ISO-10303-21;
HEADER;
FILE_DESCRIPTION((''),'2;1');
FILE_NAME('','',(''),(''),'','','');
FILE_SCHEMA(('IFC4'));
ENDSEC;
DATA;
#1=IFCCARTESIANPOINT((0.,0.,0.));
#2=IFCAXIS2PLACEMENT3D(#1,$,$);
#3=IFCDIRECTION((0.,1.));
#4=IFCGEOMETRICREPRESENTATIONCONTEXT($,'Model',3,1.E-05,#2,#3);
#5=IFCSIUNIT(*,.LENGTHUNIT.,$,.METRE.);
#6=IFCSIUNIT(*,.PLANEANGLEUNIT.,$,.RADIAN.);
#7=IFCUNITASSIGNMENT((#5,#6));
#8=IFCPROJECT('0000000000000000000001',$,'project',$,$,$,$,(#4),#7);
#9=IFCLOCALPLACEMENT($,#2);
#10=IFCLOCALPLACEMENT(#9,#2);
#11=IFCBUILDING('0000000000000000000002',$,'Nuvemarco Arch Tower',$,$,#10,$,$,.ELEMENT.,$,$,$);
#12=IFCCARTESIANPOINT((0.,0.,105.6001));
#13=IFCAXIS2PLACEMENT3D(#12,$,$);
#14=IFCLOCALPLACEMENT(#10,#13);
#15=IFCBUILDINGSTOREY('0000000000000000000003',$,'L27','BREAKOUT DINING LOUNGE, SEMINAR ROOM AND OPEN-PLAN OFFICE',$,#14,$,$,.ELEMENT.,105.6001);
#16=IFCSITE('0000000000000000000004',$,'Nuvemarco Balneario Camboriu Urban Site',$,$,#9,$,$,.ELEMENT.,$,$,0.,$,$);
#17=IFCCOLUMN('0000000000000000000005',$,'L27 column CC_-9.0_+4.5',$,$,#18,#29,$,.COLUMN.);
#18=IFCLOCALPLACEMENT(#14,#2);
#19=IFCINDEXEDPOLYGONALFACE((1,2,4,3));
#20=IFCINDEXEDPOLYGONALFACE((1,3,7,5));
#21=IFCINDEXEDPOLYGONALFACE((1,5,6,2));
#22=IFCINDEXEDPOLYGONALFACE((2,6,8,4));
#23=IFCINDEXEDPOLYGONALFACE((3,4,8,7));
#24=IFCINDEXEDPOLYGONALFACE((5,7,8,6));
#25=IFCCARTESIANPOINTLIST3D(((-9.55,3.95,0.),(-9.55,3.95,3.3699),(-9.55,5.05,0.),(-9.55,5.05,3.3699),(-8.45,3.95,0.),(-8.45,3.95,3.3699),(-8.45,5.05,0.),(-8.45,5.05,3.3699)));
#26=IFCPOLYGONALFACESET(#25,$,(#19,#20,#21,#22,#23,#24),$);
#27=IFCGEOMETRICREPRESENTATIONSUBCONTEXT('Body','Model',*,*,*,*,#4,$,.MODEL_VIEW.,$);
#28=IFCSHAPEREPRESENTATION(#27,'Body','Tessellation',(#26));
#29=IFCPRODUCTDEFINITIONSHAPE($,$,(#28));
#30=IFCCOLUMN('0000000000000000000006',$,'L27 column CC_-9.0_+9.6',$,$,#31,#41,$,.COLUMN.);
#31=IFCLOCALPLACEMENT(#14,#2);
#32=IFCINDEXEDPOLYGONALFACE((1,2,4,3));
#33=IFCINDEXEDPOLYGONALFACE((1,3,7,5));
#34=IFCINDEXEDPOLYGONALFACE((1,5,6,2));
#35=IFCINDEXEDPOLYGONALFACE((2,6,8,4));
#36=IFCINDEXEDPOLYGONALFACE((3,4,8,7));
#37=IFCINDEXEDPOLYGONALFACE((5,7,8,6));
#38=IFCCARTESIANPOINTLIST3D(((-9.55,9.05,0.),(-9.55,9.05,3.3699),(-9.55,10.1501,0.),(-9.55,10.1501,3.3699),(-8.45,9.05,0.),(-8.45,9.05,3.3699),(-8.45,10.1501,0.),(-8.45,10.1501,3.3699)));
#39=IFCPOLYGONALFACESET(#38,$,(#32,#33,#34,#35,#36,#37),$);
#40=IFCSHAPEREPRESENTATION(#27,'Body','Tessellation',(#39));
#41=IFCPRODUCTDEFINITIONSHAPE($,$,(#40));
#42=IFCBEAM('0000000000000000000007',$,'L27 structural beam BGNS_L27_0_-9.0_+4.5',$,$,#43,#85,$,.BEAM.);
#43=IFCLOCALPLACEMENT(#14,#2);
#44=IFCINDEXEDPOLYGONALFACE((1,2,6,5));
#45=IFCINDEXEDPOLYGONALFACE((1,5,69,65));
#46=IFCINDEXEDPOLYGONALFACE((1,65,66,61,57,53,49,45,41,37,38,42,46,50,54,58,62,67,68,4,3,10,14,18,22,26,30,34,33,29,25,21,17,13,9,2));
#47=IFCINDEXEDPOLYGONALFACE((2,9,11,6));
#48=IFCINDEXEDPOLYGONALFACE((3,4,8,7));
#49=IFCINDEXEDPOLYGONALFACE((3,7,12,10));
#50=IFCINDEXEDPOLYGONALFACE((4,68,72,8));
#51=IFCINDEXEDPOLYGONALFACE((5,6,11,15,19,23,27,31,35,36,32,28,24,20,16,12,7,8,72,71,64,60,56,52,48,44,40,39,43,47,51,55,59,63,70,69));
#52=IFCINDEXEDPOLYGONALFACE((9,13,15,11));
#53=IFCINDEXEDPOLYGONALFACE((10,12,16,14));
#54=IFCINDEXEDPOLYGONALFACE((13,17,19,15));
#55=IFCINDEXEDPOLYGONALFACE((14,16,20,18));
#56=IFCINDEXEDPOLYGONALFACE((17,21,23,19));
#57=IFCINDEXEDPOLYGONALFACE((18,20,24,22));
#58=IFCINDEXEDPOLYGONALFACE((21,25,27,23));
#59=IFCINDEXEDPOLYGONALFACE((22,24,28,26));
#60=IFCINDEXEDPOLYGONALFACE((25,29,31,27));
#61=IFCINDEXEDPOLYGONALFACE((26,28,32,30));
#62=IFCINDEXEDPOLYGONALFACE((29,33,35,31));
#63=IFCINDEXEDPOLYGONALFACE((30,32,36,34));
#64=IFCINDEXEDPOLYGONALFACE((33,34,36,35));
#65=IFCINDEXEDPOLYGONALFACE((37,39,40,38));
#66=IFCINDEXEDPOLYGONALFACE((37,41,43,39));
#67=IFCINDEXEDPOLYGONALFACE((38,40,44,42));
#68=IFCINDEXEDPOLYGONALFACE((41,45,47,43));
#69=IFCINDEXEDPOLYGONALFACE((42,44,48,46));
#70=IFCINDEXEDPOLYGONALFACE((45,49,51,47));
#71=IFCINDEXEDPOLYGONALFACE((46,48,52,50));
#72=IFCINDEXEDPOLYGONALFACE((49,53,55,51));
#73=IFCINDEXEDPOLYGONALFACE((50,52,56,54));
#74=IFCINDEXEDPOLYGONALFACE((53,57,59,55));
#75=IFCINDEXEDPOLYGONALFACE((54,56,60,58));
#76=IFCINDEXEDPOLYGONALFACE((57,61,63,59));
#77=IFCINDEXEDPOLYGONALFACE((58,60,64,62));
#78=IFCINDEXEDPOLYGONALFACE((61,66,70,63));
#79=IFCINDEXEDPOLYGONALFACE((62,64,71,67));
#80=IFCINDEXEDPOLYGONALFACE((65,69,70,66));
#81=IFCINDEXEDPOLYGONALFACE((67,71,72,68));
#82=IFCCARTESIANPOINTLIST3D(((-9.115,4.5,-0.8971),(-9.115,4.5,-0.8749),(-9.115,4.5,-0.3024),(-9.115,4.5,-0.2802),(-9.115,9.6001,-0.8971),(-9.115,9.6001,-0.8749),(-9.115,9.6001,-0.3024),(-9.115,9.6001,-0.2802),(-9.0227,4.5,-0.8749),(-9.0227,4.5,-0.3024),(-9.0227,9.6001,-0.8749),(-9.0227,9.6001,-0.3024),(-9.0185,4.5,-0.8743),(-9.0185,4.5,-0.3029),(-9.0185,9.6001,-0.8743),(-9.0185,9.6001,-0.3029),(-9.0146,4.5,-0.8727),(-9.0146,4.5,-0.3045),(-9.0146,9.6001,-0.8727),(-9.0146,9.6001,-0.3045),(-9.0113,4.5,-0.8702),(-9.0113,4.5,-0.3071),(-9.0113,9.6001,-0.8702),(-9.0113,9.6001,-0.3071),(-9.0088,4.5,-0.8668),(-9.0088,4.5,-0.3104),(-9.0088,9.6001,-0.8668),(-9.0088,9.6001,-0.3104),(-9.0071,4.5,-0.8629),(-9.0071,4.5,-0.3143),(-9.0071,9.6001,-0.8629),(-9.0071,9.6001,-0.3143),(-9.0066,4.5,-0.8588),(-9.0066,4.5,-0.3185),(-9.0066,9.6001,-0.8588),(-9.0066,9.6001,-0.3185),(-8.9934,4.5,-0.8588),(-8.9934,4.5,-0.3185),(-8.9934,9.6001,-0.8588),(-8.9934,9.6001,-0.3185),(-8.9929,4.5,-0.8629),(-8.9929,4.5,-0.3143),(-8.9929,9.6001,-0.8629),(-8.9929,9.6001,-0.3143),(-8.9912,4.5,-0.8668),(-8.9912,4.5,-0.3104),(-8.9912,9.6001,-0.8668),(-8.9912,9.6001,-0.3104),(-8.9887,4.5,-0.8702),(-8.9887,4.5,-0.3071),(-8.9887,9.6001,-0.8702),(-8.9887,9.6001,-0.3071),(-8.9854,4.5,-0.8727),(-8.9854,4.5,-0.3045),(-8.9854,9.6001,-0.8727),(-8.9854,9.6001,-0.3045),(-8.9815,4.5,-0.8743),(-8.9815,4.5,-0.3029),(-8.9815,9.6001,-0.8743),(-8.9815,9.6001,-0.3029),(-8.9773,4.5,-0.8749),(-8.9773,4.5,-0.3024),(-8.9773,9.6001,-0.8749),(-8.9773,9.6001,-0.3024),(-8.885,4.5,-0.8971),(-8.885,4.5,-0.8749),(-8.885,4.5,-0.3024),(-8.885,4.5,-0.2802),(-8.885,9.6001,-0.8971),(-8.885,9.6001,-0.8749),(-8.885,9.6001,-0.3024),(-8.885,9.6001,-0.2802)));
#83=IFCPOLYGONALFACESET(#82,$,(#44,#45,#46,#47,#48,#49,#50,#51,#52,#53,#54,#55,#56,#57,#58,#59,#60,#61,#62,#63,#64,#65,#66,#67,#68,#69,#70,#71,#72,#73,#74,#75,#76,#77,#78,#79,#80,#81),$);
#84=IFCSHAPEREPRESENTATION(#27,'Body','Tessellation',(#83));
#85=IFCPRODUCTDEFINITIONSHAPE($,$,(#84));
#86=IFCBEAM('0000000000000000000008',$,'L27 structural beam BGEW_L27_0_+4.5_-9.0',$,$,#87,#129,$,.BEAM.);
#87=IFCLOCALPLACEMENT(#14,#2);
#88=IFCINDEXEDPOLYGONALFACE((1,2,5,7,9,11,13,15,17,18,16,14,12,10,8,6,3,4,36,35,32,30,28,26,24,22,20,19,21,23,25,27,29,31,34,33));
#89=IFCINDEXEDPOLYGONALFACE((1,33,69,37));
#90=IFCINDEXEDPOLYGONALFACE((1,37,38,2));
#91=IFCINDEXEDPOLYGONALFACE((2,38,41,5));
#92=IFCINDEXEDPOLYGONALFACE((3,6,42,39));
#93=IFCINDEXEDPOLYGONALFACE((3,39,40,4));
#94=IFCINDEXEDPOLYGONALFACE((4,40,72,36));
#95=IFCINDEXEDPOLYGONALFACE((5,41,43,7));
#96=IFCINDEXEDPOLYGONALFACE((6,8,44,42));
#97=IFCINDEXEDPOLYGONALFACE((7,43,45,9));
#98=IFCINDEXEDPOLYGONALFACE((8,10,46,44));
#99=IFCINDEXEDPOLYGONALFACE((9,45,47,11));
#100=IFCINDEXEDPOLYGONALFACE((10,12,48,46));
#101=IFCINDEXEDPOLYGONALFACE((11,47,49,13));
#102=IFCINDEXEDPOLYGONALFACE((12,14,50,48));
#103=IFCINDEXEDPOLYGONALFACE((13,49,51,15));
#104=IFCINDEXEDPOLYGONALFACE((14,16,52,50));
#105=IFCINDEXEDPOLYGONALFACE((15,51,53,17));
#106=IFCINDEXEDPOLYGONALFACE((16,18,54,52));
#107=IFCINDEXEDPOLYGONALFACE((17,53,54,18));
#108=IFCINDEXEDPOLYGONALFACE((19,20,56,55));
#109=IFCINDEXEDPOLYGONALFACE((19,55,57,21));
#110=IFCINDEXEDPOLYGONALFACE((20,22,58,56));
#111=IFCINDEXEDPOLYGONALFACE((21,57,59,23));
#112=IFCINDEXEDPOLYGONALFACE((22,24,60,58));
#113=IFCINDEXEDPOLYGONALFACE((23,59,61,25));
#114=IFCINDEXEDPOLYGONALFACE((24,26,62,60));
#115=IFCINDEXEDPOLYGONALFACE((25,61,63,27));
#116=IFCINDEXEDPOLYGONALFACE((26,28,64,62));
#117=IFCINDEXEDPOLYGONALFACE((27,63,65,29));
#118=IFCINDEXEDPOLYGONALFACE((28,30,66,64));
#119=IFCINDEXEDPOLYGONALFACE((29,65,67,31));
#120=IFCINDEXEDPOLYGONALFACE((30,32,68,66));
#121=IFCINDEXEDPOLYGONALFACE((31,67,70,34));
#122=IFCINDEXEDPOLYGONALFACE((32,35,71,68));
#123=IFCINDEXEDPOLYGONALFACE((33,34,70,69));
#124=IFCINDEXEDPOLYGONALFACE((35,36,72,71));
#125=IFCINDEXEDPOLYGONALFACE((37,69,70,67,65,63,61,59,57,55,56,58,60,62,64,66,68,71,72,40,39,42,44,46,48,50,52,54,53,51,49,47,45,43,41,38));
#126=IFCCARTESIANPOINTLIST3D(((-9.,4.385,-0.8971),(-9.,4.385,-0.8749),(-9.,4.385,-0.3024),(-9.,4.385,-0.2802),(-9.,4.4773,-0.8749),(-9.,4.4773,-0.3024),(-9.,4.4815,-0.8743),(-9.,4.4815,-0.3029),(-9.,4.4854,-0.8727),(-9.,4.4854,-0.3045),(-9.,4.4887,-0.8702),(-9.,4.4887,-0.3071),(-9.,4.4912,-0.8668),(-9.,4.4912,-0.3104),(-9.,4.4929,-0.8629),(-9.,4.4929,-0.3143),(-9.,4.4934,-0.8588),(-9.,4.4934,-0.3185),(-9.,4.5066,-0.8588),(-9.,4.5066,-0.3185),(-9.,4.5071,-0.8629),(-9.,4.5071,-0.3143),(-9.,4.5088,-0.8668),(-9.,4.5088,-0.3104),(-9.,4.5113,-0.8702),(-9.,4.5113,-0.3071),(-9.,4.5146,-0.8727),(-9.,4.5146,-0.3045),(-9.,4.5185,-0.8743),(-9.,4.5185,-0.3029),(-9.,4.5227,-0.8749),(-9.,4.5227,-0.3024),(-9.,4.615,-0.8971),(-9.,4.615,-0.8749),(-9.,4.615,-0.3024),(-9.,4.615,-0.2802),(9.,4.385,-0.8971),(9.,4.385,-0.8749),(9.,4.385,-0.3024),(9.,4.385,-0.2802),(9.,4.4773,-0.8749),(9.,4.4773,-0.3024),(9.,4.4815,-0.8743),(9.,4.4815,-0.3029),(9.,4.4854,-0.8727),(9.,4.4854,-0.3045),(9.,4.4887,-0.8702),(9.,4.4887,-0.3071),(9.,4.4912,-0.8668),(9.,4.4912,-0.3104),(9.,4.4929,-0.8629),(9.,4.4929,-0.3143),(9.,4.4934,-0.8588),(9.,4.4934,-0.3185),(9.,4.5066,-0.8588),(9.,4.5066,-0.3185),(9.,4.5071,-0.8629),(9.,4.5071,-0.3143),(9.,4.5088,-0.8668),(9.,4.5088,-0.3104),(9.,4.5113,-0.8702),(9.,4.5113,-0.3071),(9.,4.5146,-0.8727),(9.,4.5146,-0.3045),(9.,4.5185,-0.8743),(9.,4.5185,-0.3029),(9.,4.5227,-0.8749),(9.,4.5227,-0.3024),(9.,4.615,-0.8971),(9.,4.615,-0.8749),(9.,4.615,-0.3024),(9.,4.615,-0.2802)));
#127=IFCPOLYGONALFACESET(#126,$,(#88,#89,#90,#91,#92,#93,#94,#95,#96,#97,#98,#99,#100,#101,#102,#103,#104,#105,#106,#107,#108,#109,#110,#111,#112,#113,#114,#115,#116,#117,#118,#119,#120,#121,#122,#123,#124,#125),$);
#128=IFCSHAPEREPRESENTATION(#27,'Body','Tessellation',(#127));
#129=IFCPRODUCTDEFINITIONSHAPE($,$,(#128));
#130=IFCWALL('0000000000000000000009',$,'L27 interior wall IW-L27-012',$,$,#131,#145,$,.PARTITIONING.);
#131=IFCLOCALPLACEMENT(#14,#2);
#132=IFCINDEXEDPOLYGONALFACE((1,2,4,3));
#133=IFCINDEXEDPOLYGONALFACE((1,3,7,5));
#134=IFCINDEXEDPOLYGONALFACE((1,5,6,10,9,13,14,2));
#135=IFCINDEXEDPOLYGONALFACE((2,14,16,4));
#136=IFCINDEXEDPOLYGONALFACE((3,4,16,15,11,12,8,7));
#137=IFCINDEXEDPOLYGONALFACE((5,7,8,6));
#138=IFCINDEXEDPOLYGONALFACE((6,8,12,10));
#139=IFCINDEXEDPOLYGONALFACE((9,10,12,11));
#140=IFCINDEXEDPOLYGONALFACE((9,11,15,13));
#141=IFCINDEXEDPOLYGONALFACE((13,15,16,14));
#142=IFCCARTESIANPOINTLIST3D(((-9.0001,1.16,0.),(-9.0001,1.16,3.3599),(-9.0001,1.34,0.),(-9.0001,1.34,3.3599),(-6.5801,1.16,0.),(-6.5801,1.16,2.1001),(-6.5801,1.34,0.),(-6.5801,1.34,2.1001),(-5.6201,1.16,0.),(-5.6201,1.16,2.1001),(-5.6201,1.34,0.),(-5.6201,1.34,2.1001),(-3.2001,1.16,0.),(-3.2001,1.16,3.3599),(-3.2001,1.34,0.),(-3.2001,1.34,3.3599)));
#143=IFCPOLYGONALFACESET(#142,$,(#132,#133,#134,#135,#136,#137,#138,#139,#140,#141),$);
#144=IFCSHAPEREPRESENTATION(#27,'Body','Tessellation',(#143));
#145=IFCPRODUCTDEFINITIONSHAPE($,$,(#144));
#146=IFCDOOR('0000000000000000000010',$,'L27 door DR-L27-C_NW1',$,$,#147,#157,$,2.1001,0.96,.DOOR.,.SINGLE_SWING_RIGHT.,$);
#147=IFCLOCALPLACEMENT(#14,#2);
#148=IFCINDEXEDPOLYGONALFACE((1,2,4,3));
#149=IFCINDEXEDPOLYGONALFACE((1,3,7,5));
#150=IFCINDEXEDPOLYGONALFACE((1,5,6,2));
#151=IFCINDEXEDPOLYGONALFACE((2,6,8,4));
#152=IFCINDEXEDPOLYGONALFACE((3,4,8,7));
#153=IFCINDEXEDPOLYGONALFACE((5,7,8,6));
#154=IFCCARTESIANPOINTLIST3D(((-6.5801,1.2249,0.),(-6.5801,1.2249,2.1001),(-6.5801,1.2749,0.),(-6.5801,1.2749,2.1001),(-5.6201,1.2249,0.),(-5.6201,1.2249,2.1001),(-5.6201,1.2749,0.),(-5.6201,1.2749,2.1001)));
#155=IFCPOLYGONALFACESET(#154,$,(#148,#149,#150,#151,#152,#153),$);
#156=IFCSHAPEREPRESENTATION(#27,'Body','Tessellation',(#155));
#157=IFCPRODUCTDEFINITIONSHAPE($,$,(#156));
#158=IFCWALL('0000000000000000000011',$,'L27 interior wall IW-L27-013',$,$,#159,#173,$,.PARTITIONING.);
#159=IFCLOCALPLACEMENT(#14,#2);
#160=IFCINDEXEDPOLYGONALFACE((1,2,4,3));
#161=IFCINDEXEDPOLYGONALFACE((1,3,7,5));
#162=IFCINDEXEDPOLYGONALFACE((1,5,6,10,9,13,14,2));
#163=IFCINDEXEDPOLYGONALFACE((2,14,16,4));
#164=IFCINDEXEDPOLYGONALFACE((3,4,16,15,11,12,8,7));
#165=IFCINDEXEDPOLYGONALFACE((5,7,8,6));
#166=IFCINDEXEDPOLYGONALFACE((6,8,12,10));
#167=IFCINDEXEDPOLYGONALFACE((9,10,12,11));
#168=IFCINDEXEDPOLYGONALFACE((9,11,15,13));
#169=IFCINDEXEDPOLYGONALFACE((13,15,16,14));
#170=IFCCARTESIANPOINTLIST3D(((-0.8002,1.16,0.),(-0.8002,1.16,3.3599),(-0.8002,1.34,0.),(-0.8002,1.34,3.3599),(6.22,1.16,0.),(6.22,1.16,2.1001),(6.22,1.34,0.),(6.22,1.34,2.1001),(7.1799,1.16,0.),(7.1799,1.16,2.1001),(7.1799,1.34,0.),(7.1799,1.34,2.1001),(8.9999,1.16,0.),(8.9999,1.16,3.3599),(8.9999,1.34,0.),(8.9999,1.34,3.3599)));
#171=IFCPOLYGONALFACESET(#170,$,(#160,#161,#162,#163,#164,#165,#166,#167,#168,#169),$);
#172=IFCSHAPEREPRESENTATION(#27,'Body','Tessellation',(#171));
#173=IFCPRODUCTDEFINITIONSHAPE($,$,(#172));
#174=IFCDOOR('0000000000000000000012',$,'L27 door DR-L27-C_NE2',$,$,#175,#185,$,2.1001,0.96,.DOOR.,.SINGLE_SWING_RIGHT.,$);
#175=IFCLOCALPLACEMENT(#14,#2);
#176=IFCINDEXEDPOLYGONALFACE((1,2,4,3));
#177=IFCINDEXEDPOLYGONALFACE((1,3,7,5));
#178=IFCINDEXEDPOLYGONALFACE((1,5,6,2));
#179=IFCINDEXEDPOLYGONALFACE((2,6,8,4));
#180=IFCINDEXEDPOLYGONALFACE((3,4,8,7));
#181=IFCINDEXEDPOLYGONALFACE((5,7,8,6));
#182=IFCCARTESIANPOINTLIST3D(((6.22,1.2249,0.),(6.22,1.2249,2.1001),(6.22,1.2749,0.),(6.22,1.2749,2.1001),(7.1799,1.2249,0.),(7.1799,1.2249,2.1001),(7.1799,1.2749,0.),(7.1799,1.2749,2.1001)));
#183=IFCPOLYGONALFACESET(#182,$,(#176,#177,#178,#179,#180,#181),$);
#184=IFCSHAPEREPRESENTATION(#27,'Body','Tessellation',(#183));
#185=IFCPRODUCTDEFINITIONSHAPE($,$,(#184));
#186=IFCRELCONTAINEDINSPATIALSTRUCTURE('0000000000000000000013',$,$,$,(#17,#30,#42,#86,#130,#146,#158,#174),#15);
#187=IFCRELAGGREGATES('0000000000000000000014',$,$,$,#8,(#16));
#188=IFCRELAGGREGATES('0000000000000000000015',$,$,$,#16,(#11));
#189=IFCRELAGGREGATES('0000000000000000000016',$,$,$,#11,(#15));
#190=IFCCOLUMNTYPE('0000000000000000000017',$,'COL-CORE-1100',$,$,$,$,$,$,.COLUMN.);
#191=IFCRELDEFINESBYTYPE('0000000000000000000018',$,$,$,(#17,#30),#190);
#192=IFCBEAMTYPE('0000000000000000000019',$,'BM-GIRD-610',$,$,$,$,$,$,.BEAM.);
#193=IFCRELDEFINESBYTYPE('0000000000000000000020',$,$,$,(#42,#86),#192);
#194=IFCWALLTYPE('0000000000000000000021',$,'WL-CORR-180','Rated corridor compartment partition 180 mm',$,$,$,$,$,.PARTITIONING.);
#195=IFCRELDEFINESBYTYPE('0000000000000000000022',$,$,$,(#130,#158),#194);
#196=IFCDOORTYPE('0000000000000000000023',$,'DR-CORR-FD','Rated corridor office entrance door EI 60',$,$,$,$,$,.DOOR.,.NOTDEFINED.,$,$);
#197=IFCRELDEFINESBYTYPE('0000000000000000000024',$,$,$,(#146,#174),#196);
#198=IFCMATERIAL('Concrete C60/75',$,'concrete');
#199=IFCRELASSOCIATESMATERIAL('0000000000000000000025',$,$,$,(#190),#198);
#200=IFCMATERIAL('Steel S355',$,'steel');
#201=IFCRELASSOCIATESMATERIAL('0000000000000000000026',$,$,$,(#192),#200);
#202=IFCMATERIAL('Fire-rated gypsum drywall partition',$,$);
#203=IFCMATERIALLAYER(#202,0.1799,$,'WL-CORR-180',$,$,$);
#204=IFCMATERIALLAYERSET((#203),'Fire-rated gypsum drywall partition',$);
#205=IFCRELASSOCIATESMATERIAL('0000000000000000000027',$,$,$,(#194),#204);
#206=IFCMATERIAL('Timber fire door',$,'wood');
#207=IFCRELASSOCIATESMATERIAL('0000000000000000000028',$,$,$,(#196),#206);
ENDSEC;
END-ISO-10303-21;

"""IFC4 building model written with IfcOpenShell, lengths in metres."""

from ifc_helpers import new_model, si_unit, direction, frame, frame_2d, origin, origin_2d, place, context, subcontext, project, spatial, rectangle, i_section, extrude, source, transform, mapped, material, layer, layer_set, material_profile, profile_set, type_object, type_shapes, element, fill, save


model = new_model("IFC4")

# Units and contexts
model_context = context("Model", 3, precision=1e-05, world=origin(), true_north=direction((0.0, 1.0)))
body_context = subcontext(model_context, "Body", "Model", "MODEL_VIEW")
ifc_project = project(units=[si_unit("LENGTHUNIT", "METRE"), si_unit("PLANEANGLEUNIT", "RADIAN")], contexts=[model_context])

# Site, building, storey
site_placement = place(None, origin())
site = spatial("IfcSite", under=ifc_project, at=site_placement, Name="Nuvemarco Balneario Camboriu Urban Site", CompositionType="ELEMENT", RefElevation=0.0)
building_placement = place(site_placement, origin())
building = spatial("IfcBuilding", under=site, at=building_placement, Name="Nuvemarco Arch Tower", CompositionType="ELEMENT")
storey_placement = place(building_placement, frame((0.0, 0.0, 105.6001)))
storey = spatial("IfcBuildingStorey", under=building, at=storey_placement, Name="L27", Description="BREAKOUT DINING LOUNGE, SEMINAR ROOM AND OPEN-PLAN OFFICE", CompositionType="ELEMENT", Elevation=105.6001)

# Columns
ifc_material_1 = material(Name="Concrete C60/75", Category="concrete")
ifc_material_profile_1 = material_profile(ifc_material_1, rectangle(XDim=1.1001, YDim=1.1001, at=origin_2d()), Name="RC-COL-1100x1100")
ifc_profile_set_1 = profile_set([ifc_material_profile_1], Name="Concrete C60/75")
column_type = type_object("IfcColumnType", Name="COL-CORE-1100", PredefinedType="COLUMN", material=ifc_profile_set_1)
for number, where, z_axis, x_axis, name in (
    (1, (-9.0, 4.5, 0.0), (0.0, 0.0, 1.0), (1.0, 0.0, 0.0), "L27 column CC_-9.0_+4.5"),
    (2, (-9.0, 9.6001, 0.0), (0.0, 0.0, 1.0), (1.0, 0.0, 0.0), "L27 column CC_-9.0_+9.6"),
):
    element("IfcColumn", number, at=place(storey_placement, frame(where, z_axis=z_axis, x_axis=x_axis)), inside=storey, type_object=column_type, Name=name, PredefinedType="COLUMN", context=body_context, shape_type="SweptSolid", body=[
        extrude(rectangle(XDim=1.1001, YDim=1.1001, at=origin_2d()), origin(), (0.0, 0.0, 1.0), 3.3699),
    ])

# Beams
ifc_material_2 = material(Name="Steel S355", Category="steel")
ifc_material_profile_2 = material_profile(ifc_material_2, i_section(OverallWidth=0.23, OverallDepth=0.6169, WebThickness=0.0132, FlangeThickness=0.0222, FilletRadius=0.0161, at=origin_2d()), Name="W610x140")
ifc_profile_set_2 = profile_set([ifc_material_profile_2], Name="Steel S355")
beam_type = type_object("IfcBeamType", Name="BM-GIRD-610", PredefinedType="BEAM", material=ifc_profile_set_2)
beam_1_placement = place(storey_placement, frame((-9.0, 4.5, -0.5886), z_axis=(0.0, 1.0, 0.0), x_axis=(-1.0, 0.0, 0.0)))
element("IfcBeam", 3, at=beam_1_placement, inside=storey, type_object=beam_type, Name="L27 structural beam BGNS_L27_0_-9.0_+4.5", PredefinedType="BEAM", context=body_context, shape_type="SweptSolid", body=[
    extrude(i_section(OverallWidth=0.23, OverallDepth=0.6169, WebThickness=0.0132, FlangeThickness=0.0222, FilletRadius=0.0161, at=origin_2d()), origin(), (0.0, 0.0, 1.0), 5.1001),
])
beam_2_placement = place(storey_placement, frame((-9.0, 4.5, -0.5886), z_axis=(1.0, 0.0, 0.0), x_axis=(0.0, 1.0, 0.0)))
element("IfcBeam", 4, at=beam_2_placement, inside=storey, type_object=beam_type, Name="L27 structural beam BGEW_L27_0_+4.5_-9.0", PredefinedType="BEAM", context=body_context, shape_type="SweptSolid", body=[
    extrude(i_section(OverallWidth=0.23, OverallDepth=0.6169, WebThickness=0.0132, FlangeThickness=0.0222, FilletRadius=0.0161, at=origin_2d()), origin(), (0.0, 0.0, 1.0), 18.0),
])

# Walls, openings, doors
ifc_material_3 = material(Name="Fire-rated gypsum drywall partition")
ifc_layer_1 = layer(ifc_material_3, 0.1799, Name="WL-CORR-180")
ifc_layer_set_1 = layer_set([ifc_layer_1], Name="Fire-rated gypsum drywall partition")
wall_type_1 = type_object("IfcWallType", Name="WL-CORR-180", Description="Rated corridor compartment partition 180 mm", PredefinedType="PARTITIONING", material=ifc_layer_set_1)
wall_1_placement = place(storey_placement, frame((-9.0, 1.25, 0.0), z_axis=(0.0, 0.0, 1.0), x_axis=(1.0, 0.0, 0.0)))
wall_1 = element("IfcWall", 5, at=wall_1_placement, inside=storey, type_object=wall_type_1, Name="L27 interior wall IW-L27-012", PredefinedType="PARTITIONING", context=body_context, shape_type="SweptSolid", body=[
    extrude(rectangle(XDim=5.8, YDim=0.1799, at=frame_2d((2.8999, 0.0))), origin(), (0.0, 0.0, 1.0), 3.3599),
])
opening_1_placement = place(wall_1_placement, frame((2.4199, 0.0, 0.0)))
opening_1 = element("IfcOpeningElement", 6, at=opening_1_placement, cuts=wall_1, PredefinedType="OPENING", context=body_context, shape_type="SweptSolid", body=[
    extrude(rectangle(XDim=0.96, YDim=2.1001, at=frame_2d((0.48, 1.05))), frame((0.0, 0.0999, 0.0), z_axis=(0.0, -1.0, 0.0), x_axis=(1.0, 0.0, 0.0)), (0.0, 0.0, 1.0), 0.2),
])
ifc_material_4 = material(Name="Timber fire door", Category="wood")
door_type_1 = type_object("IfcDoorType", Name="DR-CORR-FD", Description="Rated corridor office entrance door EI 60", OperationType="NOTDEFINED", PredefinedType="DOOR", material=ifc_material_4)
shared_shape_1 = source(origin(), body_context, "Body", "SweptSolid", [
    extrude(rectangle(XDim=0.96, YDim=2.1001, at=frame_2d((0.48, 1.05))), frame((0.0, 0.0249, 0.0), z_axis=(0.0, -1.0, 0.0), x_axis=(1.0, 0.0, 0.0)), (0.0, 0.0, 1.0), 0.05),
])
type_shapes(door_type_1, [shared_shape_1])
door_1_placement = place(opening_1_placement, origin())
door_1 = element("IfcDoor", 7, at=door_1_placement, inside=storey, type_object=door_type_1, Name="L27 door DR-L27-C_NW1", OperationType="SINGLE_SWING_RIGHT", OverallHeight=2.1001, OverallWidth=0.96, PredefinedType="DOOR", context=body_context, shape_type="MappedRepresentation", body=[
    mapped(shared_shape_1, transform((0.0, 0.0, 0.0), scale=1.0)),
])
fill(opening_1, door_1)
wall_2_placement = place(storey_placement, frame((-0.8, 1.25, 0.0), z_axis=(0.0, 0.0, 1.0), x_axis=(1.0, 0.0, 0.0)))
wall_2 = element("IfcWall", 8, at=wall_2_placement, inside=storey, type_object=wall_type_1, Name="L27 interior wall IW-L27-013", PredefinedType="PARTITIONING", context=body_context, shape_type="SweptSolid", body=[
    extrude(rectangle(XDim=9.8, YDim=0.1799, at=frame_2d((4.8999, 0.0))), origin(), (0.0, 0.0, 1.0), 3.3599),
])
opening_2_placement = place(wall_2_placement, frame((7.02, 0.0, 0.0)))
opening_2 = element("IfcOpeningElement", 9, at=opening_2_placement, cuts=wall_2, PredefinedType="OPENING", context=body_context, shape_type="SweptSolid", body=[
    extrude(rectangle(XDim=0.96, YDim=2.1001, at=frame_2d((0.48, 1.05))), frame((0.0, 0.0999, 0.0), z_axis=(0.0, -1.0, 0.0), x_axis=(1.0, 0.0, 0.0)), (0.0, 0.0, 1.0), 0.2),
])
door_2_placement = place(opening_2_placement, origin())
door_2 = element("IfcDoor", 10, at=door_2_placement, inside=storey, type_object=door_type_1, Name="L27 door DR-L27-C_NE2", OperationType="SINGLE_SWING_RIGHT", OverallHeight=2.1001, OverallWidth=0.96, PredefinedType="DOOR", context=body_context, shape_type="MappedRepresentation", body=[
    mapped(shared_shape_1, transform((0.0, 0.0, 0.0), scale=1.0)),
])
fill(opening_2, door_2)

save(model, "model.ifc")
